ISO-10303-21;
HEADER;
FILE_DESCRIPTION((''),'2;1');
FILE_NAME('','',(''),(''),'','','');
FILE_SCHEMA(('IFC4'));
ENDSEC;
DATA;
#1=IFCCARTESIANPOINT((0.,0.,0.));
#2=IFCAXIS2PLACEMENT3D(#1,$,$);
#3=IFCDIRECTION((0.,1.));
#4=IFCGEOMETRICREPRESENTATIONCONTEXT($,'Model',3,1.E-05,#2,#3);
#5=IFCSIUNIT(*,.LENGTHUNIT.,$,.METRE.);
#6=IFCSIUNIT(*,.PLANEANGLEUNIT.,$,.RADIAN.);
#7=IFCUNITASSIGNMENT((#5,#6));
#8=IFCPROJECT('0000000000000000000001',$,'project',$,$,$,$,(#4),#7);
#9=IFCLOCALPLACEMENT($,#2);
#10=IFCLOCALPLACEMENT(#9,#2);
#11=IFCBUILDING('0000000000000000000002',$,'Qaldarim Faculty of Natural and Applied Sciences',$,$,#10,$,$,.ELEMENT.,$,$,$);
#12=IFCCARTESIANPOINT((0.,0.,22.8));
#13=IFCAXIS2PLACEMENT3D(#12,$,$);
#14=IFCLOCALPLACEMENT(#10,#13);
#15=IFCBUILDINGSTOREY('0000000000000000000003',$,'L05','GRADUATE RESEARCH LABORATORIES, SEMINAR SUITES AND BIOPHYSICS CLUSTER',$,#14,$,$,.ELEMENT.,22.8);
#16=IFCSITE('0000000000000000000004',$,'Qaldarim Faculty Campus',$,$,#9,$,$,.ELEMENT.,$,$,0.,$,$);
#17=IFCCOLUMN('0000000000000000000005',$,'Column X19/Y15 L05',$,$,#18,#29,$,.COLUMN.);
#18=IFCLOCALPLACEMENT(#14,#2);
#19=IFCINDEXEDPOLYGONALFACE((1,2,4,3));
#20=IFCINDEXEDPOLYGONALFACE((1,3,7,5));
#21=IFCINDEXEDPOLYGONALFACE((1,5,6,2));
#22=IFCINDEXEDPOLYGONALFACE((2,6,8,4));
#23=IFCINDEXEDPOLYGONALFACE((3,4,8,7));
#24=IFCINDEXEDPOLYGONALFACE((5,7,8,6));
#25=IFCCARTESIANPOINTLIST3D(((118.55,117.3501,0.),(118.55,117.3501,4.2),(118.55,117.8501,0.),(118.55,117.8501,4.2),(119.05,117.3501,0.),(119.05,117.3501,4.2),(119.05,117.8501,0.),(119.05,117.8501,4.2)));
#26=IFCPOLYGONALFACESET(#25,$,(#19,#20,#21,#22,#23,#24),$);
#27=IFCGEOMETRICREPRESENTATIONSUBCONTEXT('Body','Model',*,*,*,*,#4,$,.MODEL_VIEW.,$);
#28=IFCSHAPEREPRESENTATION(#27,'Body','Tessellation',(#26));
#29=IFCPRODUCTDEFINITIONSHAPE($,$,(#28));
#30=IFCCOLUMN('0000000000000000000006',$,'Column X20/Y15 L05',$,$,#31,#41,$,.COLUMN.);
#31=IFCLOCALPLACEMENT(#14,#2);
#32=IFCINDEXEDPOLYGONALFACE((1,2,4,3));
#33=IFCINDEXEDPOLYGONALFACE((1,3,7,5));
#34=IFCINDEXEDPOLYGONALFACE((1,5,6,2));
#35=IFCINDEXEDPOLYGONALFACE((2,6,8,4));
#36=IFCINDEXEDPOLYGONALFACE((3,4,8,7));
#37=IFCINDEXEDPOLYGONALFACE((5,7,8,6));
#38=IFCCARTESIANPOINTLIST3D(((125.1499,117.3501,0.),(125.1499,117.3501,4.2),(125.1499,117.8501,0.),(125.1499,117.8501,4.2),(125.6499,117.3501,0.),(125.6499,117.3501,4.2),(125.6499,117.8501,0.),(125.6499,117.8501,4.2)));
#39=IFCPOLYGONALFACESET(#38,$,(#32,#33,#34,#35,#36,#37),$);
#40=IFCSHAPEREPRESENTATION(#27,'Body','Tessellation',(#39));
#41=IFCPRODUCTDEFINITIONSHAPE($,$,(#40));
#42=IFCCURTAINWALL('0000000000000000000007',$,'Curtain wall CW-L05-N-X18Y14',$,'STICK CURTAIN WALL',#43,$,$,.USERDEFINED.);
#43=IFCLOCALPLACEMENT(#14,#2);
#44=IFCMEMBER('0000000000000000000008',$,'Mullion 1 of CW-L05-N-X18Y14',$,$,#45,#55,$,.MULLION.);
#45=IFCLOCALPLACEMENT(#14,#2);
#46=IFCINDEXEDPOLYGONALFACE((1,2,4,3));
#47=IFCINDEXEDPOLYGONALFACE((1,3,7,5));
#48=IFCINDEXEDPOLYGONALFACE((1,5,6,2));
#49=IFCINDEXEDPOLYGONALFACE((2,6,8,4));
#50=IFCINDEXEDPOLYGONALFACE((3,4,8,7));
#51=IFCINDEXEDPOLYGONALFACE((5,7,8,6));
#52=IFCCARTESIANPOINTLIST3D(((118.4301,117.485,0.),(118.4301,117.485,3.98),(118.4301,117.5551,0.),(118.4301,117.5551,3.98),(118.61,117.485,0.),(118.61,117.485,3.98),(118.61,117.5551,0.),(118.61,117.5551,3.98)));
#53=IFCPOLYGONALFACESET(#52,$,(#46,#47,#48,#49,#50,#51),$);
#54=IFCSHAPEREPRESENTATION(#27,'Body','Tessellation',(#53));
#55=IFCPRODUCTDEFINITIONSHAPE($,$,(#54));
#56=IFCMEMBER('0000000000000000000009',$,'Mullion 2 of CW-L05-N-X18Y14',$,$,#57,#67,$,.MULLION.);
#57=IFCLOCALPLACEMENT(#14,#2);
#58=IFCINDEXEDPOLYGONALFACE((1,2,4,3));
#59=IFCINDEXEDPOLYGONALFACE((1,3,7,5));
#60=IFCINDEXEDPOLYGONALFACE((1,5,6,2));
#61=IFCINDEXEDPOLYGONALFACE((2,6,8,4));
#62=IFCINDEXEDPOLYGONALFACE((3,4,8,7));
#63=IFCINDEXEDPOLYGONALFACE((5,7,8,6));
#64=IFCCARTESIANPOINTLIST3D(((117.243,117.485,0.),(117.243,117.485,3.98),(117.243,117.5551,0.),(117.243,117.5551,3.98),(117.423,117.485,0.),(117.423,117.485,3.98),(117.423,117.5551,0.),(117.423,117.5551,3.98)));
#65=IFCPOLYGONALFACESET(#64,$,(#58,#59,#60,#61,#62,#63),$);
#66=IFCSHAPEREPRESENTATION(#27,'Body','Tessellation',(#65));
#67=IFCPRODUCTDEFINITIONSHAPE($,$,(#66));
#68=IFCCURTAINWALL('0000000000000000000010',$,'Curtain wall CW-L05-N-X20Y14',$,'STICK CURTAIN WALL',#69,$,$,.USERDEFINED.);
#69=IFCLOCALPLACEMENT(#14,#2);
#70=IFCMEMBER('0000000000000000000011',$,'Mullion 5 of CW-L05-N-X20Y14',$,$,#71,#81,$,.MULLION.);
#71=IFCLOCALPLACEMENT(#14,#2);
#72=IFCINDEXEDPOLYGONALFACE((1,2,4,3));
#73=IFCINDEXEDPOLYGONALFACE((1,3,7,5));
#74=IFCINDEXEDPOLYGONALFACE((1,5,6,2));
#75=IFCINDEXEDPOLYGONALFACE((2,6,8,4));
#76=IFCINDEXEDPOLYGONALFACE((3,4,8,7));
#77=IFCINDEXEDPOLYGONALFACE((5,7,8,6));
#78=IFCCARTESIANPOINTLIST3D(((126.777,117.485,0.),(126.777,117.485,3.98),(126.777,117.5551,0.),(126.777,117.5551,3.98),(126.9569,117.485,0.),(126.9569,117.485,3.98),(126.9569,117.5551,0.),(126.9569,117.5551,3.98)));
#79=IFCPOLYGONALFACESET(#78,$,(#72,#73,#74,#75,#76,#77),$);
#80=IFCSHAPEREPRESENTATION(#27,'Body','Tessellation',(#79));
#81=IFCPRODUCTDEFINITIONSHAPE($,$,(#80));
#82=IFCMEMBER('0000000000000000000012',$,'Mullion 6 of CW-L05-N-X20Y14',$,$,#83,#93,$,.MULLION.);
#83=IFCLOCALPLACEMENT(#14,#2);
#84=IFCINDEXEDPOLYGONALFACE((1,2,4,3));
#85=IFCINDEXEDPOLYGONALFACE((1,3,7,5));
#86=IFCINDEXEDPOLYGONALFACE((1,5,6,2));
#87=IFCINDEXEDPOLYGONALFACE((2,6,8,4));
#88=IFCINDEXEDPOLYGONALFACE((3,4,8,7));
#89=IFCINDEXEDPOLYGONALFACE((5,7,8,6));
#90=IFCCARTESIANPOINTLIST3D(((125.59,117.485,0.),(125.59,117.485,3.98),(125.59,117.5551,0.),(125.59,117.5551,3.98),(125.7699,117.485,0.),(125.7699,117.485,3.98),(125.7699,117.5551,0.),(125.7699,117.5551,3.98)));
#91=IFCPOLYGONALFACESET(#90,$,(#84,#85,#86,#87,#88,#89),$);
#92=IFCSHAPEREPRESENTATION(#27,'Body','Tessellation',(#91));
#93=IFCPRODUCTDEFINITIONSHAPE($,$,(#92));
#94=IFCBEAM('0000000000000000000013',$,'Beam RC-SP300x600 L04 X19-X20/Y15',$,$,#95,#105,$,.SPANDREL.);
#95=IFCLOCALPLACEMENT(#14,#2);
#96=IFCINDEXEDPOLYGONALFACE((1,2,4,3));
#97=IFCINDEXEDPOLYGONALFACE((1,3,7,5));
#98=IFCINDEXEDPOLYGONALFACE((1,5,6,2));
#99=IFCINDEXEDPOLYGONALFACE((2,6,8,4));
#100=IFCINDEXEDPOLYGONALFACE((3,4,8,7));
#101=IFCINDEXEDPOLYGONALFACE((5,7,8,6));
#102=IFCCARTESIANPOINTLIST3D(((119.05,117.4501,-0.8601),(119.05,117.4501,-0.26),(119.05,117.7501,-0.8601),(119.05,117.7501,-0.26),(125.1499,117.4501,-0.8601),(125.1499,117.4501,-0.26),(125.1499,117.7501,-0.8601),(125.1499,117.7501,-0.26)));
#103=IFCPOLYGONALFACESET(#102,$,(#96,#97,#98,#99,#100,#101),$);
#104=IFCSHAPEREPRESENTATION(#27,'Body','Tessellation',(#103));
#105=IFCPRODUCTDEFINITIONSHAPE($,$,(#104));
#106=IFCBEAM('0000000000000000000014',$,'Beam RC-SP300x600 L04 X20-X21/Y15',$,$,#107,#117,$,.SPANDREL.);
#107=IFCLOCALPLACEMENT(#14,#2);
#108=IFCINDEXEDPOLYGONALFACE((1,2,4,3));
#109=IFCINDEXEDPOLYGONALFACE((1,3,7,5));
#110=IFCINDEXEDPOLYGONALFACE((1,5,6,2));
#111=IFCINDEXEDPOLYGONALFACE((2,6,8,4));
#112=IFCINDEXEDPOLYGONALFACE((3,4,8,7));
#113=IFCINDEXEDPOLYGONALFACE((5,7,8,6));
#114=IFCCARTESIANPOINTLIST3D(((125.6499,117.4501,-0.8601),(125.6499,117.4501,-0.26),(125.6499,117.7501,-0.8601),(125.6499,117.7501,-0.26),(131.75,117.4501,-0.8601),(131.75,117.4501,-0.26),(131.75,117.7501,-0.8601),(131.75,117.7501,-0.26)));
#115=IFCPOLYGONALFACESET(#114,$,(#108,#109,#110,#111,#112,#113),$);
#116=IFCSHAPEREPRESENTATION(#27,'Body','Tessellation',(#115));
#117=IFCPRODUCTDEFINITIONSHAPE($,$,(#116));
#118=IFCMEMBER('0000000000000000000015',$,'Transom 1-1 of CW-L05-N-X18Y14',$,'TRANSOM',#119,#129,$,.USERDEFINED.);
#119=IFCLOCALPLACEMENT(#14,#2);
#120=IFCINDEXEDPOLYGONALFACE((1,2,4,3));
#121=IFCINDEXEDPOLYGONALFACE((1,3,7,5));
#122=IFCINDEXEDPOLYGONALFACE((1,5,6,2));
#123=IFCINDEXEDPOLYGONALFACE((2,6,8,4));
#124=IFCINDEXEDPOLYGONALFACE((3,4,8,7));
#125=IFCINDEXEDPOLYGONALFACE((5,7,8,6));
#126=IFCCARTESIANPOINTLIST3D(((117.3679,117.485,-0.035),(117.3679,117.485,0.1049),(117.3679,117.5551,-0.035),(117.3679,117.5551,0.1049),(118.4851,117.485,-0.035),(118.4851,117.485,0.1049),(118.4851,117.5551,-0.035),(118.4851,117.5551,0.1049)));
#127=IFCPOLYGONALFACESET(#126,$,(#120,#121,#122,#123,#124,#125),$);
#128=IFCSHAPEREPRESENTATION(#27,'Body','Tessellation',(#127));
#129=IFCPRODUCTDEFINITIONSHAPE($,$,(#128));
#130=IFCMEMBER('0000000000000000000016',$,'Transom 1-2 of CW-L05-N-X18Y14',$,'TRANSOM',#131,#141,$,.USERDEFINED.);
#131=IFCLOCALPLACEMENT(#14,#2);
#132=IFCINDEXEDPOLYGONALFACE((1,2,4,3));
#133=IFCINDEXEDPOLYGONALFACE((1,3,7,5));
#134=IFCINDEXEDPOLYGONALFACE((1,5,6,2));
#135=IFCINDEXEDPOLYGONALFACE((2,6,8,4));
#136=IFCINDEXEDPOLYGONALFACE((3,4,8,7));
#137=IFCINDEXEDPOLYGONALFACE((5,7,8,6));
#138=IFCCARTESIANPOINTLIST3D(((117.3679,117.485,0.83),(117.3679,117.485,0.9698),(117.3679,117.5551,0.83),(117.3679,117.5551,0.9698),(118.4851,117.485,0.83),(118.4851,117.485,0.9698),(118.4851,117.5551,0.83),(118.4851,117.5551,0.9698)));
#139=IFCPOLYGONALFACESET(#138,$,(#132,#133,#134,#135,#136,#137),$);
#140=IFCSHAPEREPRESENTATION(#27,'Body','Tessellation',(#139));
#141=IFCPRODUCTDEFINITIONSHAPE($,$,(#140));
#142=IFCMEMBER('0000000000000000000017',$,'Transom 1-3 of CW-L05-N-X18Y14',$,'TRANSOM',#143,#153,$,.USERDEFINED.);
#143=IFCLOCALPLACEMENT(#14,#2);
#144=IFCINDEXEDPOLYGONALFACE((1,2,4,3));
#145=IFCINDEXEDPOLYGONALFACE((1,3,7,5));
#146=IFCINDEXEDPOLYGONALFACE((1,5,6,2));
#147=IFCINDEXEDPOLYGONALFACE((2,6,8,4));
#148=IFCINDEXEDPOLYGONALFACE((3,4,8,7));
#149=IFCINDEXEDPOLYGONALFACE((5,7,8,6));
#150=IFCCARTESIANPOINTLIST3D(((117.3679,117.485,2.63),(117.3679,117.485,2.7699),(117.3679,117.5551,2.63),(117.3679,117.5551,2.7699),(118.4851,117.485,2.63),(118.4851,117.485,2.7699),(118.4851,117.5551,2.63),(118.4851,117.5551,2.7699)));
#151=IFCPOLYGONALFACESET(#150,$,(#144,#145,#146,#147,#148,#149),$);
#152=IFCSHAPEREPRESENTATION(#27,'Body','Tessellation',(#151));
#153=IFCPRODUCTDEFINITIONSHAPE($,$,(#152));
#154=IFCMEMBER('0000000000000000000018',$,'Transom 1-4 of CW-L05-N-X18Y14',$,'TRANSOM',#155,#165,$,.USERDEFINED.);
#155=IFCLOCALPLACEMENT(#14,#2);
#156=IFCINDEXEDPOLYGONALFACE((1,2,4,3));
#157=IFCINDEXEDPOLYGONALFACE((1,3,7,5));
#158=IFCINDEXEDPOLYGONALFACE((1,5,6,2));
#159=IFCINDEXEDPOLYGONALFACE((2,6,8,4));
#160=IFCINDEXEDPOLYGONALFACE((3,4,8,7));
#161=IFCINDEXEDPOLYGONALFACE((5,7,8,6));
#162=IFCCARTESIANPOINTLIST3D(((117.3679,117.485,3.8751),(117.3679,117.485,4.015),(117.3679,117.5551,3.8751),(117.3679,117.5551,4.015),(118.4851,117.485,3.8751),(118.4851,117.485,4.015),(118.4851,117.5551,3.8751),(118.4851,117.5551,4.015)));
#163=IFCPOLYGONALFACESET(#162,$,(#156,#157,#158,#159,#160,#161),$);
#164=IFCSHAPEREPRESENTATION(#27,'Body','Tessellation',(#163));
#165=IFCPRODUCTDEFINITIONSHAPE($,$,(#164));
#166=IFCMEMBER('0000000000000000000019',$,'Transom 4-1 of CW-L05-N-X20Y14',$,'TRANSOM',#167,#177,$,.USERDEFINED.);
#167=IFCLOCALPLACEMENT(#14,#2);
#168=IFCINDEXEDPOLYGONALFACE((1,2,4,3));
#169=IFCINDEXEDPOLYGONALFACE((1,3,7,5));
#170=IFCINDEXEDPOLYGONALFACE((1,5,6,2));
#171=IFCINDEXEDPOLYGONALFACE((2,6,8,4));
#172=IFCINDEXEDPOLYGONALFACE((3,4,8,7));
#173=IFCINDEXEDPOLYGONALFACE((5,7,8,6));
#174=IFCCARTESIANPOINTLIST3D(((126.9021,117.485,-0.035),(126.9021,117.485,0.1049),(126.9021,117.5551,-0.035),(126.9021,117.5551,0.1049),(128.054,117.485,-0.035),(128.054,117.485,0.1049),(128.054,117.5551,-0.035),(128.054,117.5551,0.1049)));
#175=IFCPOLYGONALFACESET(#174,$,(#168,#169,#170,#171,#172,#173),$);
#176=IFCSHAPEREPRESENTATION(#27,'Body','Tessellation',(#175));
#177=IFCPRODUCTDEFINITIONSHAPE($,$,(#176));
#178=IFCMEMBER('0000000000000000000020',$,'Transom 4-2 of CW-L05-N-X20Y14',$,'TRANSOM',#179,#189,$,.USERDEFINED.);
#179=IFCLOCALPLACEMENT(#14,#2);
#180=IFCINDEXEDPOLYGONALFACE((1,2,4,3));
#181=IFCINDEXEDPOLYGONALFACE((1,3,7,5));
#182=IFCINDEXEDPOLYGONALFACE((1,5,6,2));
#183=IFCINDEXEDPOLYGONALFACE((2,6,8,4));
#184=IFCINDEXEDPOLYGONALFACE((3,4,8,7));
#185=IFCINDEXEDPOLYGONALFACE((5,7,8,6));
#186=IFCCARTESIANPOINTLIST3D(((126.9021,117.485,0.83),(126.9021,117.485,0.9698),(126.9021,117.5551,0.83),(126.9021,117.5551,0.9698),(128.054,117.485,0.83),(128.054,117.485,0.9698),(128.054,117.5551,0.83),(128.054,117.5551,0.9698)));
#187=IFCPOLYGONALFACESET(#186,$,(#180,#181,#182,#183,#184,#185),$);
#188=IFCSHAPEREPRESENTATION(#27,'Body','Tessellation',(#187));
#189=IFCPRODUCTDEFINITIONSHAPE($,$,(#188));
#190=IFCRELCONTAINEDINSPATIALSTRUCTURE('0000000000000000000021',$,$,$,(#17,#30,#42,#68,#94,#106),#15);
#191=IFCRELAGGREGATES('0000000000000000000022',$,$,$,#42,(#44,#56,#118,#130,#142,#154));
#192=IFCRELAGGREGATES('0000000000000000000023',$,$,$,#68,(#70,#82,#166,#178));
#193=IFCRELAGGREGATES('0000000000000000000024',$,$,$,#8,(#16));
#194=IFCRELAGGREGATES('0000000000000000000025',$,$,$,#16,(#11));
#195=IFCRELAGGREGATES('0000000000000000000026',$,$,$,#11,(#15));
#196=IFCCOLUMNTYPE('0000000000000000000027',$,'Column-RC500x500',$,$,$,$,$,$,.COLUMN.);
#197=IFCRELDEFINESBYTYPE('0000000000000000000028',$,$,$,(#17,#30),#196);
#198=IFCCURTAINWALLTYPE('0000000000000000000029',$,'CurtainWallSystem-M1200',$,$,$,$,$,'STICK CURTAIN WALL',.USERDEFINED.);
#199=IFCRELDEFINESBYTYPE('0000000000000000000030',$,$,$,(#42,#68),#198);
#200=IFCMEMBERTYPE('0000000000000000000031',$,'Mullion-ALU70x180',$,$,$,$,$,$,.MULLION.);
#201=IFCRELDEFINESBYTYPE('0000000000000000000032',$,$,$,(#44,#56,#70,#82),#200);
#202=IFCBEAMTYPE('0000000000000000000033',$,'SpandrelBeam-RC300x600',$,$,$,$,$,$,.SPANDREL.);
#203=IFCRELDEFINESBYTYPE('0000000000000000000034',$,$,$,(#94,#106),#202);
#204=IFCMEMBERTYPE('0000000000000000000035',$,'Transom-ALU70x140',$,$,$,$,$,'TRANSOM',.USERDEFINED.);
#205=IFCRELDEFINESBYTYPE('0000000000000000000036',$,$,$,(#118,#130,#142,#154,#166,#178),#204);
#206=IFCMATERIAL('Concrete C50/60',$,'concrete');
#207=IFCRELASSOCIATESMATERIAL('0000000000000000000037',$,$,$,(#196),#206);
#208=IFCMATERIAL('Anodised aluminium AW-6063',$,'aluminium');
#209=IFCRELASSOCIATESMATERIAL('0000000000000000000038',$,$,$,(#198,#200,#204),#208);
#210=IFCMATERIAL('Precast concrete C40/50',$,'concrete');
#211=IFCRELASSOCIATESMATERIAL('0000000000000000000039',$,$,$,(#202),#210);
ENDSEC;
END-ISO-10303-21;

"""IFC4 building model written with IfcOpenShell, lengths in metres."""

from ifc_helpers import new_model, si_unit, direction, frame, origin, origin_2d, place, context, subcontext, project, spatial, rectangle, extrude, material, material_profile, profile_set, type_object, element, aggregate, save


model = new_model("IFC4")

# Units and contexts
model_context = context("Model", 3, precision=1e-05, world=origin(), true_north=direction((0.0, 1.0)))
body_context = subcontext(model_context, "Body", "Model", "MODEL_VIEW")
ifc_project = project(units=[si_unit("LENGTHUNIT", "METRE"), si_unit("PLANEANGLEUNIT", "RADIAN")], contexts=[model_context])

# Site, building, storey
site_placement = place(None, origin())
site = spatial("IfcSite", under=ifc_project, at=site_placement, Name="Qaldarim Faculty Campus", CompositionType="ELEMENT", RefElevation=0.0)
building_placement = place(site_placement, origin())
building = spatial("IfcBuilding", under=site, at=building_placement, Name="Qaldarim Faculty of Natural and Applied Sciences", CompositionType="ELEMENT")
storey_placement = place(building_placement, frame((0.0, 0.0, 22.8)))
storey = spatial("IfcBuildingStorey", under=building, at=storey_placement, Name="L05", Description="GRADUATE RESEARCH LABORATORIES, SEMINAR SUITES AND BIOPHYSICS CLUSTER", CompositionType="ELEMENT", Elevation=22.8)

# Columns
ifc_material_1 = material(Name="Concrete C50/60", Category="concrete")
ifc_material_profile_1 = material_profile(ifc_material_1, rectangle(XDim=0.5, YDim=0.5, at=origin_2d()), Name="RC-C500x500")
ifc_profile_set_1 = profile_set([ifc_material_profile_1], Name="Concrete C50/60")
column_type = type_object("IfcColumnType", Name="Column-RC500x500", PredefinedType="COLUMN", material=ifc_profile_set_1)
for number, where, z_axis, x_axis, name in (
    (1, (118.8, 117.6001, 0.0), (0.0, 0.0, 1.0), (1.0, 0.0, 0.0), "Column X19/Y15 L05"),
    (2, (125.3999, 117.6001, 0.0), (0.0, 0.0, 1.0), (1.0, 0.0, 0.0), "Column X20/Y15 L05"),
):
    element("IfcColumn", number, at=place(storey_placement, frame(where, z_axis=z_axis, x_axis=x_axis)), inside=storey, type_object=column_type, Name=name, PredefinedType="COLUMN", context=body_context, shape_type="SweptSolid", body=[
        extrude(rectangle(XDim=0.5, YDim=0.5, at=origin_2d()), origin(), (0.0, 0.0, 1.0), 4.2),
    ])

# Curtain walls, members
ifc_material_2 = material(Name="Anodised aluminium AW-6063", Category="aluminium")
curtain_wall_type = type_object("IfcCurtainWallType", Name="CurtainWallSystem-M1200", ElementType="STICK CURTAIN WALL", PredefinedType="USERDEFINED", material=ifc_material_2)
curtain_wall_1_placement = place(storey_placement, origin())
curtain_wall_1 = element("IfcCurtainWall", 3, at=curtain_wall_1_placement, inside=storey, type_object=curtain_wall_type, Name="Curtain wall CW-L05-N-X18Y14", ObjectType="STICK CURTAIN WALL", PredefinedType="USERDEFINED")
ifc_material_profile_2 = material_profile(ifc_material_2, rectangle(XDim=0.0701, YDim=0.1799, at=origin_2d()), Name="ALU-M70x180")
ifc_profile_set_2 = profile_set([ifc_material_profile_2], Name="Anodised aluminium AW-6063")
member_type_1 = type_object("IfcMemberType", Name="Mullion-ALU70x180", PredefinedType="MULLION", material=ifc_profile_set_2)
member_1_placement = place(storey_placement, frame((118.52, 117.52, 0.0), z_axis=(0.0, 0.0, 1.0), x_axis=(0.0, -1.0, 0.0)))
member_1 = element("IfcMember", 4, at=member_1_placement, type_object=member_type_1, Name="Mullion 1 of CW-L05-N-X18Y14", PredefinedType="MULLION", context=body_context, shape_type="SweptSolid", body=[
    extrude(rectangle(XDim=0.0701, YDim=0.1799, at=origin_2d()), origin(), (0.0, 0.0, 1.0), 3.98),
])
member_2_placement = place(storey_placement, frame((117.333, 117.52, 0.0), z_axis=(0.0, 0.0, 1.0), x_axis=(0.0, -1.0, 0.0)))
member_2 = element("IfcMember", 5, at=member_2_placement, type_object=member_type_1, Name="Mullion 2 of CW-L05-N-X18Y14", PredefinedType="MULLION", context=body_context, shape_type="SweptSolid", body=[
    extrude(rectangle(XDim=0.0701, YDim=0.1799, at=origin_2d()), origin(), (0.0, 0.0, 1.0), 3.98),
])
curtain_wall_2_placement = place(storey_placement, origin())
curtain_wall_2 = element("IfcCurtainWall", 6, at=curtain_wall_2_placement, inside=storey, type_object=curtain_wall_type, Name="Curtain wall CW-L05-N-X20Y14", ObjectType="STICK CURTAIN WALL", PredefinedType="USERDEFINED")
member_3_placement = place(storey_placement, frame((126.8669, 117.52, 0.0), z_axis=(0.0, 0.0, 1.0), x_axis=(0.0, -1.0, 0.0)))
member_3 = element("IfcMember", 7, at=member_3_placement, type_object=member_type_1, Name="Mullion 5 of CW-L05-N-X20Y14", PredefinedType="MULLION", context=body_context, shape_type="SweptSolid", body=[
    extrude(rectangle(XDim=0.0701, YDim=0.1799, at=origin_2d()), origin(), (0.0, 0.0, 1.0), 3.98),
])
member_4_placement = place(storey_placement, frame((125.6799, 117.52, 0.0), z_axis=(0.0, 0.0, 1.0), x_axis=(0.0, -1.0, 0.0)))
member_4 = element("IfcMember", 8, at=member_4_placement, type_object=member_type_1, Name="Mullion 6 of CW-L05-N-X20Y14", PredefinedType="MULLION", context=body_context, shape_type="SweptSolid", body=[
    extrude(rectangle(XDim=0.0701, YDim=0.1799, at=origin_2d()), origin(), (0.0, 0.0, 1.0), 3.98),
])

# Beams
ifc_material_3 = material(Name="Precast concrete C40/50", Category="concrete")
ifc_material_profile_3 = material_profile(ifc_material_3, rectangle(XDim=0.3, YDim=0.6001, at=origin_2d()), Name="RC-SP300x600")
ifc_profile_set_3 = profile_set([ifc_material_profile_3], Name="Precast concrete C40/50")
beam_type = type_object("IfcBeamType", Name="SpandrelBeam-RC300x600", PredefinedType="SPANDREL", material=ifc_profile_set_3)
beam_1_placement = place(storey_placement, frame((119.05, 117.6001, -0.5601), z_axis=(1.0, 0.0, 0.0), x_axis=(0.0, 1.0, 0.0)))
element("IfcBeam", 9, at=beam_1_placement, inside=storey, type_object=beam_type, Name="Beam RC-SP300x600 L04 X19-X20/Y15", PredefinedType="SPANDREL", context=body_context, shape_type="SweptSolid", body=[
    extrude(rectangle(XDim=0.3, YDim=0.6001, at=origin_2d()), origin(), (0.0, 0.0, 1.0), 6.0999),
])
beam_2_placement = place(storey_placement, frame((125.6499, 117.6001, -0.5601), z_axis=(1.0, 0.0, 0.0), x_axis=(0.0, 1.0, 0.0)))
element("IfcBeam", 10, at=beam_2_placement, inside=storey, type_object=beam_type, Name="Beam RC-SP300x600 L04 X20-X21/Y15", PredefinedType="SPANDREL", context=body_context, shape_type="SweptSolid", body=[
    extrude(rectangle(XDim=0.3, YDim=0.6001, at=origin_2d()), origin(), (0.0, 0.0, 1.0), 6.1001),
])

# Members
ifc_material_profile_4 = material_profile(ifc_material_2, rectangle(XDim=0.0701, YDim=0.1399, at=origin_2d()), Name="ALU-T70x140")
ifc_profile_set_4 = profile_set([ifc_material_profile_4], Name="Anodised aluminium AW-6063")
member_type_2 = type_object("IfcMemberType", Name="Transom-ALU70x140", ElementType="TRANSOM", PredefinedType="USERDEFINED", material=ifc_profile_set_4)
member_5_placement = place(storey_placement, frame((118.4851, 117.52, 0.0349), z_axis=(-1.0, 0.0, 0.0), x_axis=(0.0, -1.0, 0.0)))
member_5 = element("IfcMember", 11, at=member_5_placement, type_object=member_type_2, Name="Transom 1-1 of CW-L05-N-X18Y14", ObjectType="TRANSOM", PredefinedType="USERDEFINED", context=body_context, shape_type="SweptSolid", body=[
    extrude(rectangle(XDim=0.0701, YDim=0.1399, at=origin_2d()), origin(), (0.0, 0.0, 1.0), 1.1172),
])
member_6_placement = place(storey_placement, frame((118.4851, 117.52, 0.8999), z_axis=(-1.0, 0.0, 0.0), x_axis=(0.0, -1.0, 0.0)))
member_6 = element("IfcMember", 12, at=member_6_placement, type_object=member_type_2, Name="Transom 1-2 of CW-L05-N-X18Y14", ObjectType="TRANSOM", PredefinedType="USERDEFINED", context=body_context, shape_type="SweptSolid", body=[
    extrude(rectangle(XDim=0.0701, YDim=0.1399, at=origin_2d()), origin(), (0.0, 0.0, 1.0), 1.1172),
])
member_7_placement = place(storey_placement, frame((118.4851, 117.52, 2.7), z_axis=(-1.0, 0.0, 0.0), x_axis=(0.0, -1.0, 0.0)))
member_7 = element("IfcMember", 13, at=member_7_placement, type_object=member_type_2, Name="Transom 1-3 of CW-L05-N-X18Y14", ObjectType="TRANSOM", PredefinedType="USERDEFINED", context=body_context, shape_type="SweptSolid", body=[
    extrude(rectangle(XDim=0.0701, YDim=0.1399, at=origin_2d()), origin(), (0.0, 0.0, 1.0), 1.1172),
])
member_8_placement = place(storey_placement, frame((118.4851, 117.52, 3.9451), z_axis=(-1.0, 0.0, 0.0), x_axis=(0.0, -1.0, 0.0)))
member_8 = element("IfcMember", 14, at=member_8_placement, type_object=member_type_2, Name="Transom 1-4 of CW-L05-N-X18Y14", ObjectType="TRANSOM", PredefinedType="USERDEFINED", context=body_context, shape_type="SweptSolid", body=[
    extrude(rectangle(XDim=0.0701, YDim=0.1399, at=origin_2d()), origin(), (0.0, 0.0, 1.0), 1.1172),
])
member_9_placement = place(storey_placement, frame((128.054, 117.52, 0.0349), z_axis=(-1.0, 0.0, 0.0), x_axis=(0.0, -1.0, 0.0)))
member_9 = element("IfcMember", 15, at=member_9_placement, type_object=member_type_2, Name="Transom 4-1 of CW-L05-N-X20Y14", ObjectType="TRANSOM", PredefinedType="USERDEFINED", context=body_context, shape_type="SweptSolid", body=[
    extrude(rectangle(XDim=0.0701, YDim=0.1399, at=origin_2d()), origin(), (0.0, 0.0, 1.0), 1.1519),
])
member_10_placement = place(storey_placement, frame((128.054, 117.52, 0.8999), z_axis=(-1.0, 0.0, 0.0), x_axis=(0.0, -1.0, 0.0)))
member_10 = element("IfcMember", 16, at=member_10_placement, type_object=member_type_2, Name="Transom 4-2 of CW-L05-N-X20Y14", ObjectType="TRANSOM", PredefinedType="USERDEFINED", context=body_context, shape_type="SweptSolid", body=[
    extrude(rectangle(XDim=0.0701, YDim=0.1399, at=origin_2d()), origin(), (0.0, 0.0, 1.0), 1.1519),
])

aggregate(curtain_wall_1, [member_1, member_2, member_5, member_6, member_7, member_8])
aggregate(curtain_wall_2, [member_3, member_4, member_9, member_10])

save(model, "model.ifc")
